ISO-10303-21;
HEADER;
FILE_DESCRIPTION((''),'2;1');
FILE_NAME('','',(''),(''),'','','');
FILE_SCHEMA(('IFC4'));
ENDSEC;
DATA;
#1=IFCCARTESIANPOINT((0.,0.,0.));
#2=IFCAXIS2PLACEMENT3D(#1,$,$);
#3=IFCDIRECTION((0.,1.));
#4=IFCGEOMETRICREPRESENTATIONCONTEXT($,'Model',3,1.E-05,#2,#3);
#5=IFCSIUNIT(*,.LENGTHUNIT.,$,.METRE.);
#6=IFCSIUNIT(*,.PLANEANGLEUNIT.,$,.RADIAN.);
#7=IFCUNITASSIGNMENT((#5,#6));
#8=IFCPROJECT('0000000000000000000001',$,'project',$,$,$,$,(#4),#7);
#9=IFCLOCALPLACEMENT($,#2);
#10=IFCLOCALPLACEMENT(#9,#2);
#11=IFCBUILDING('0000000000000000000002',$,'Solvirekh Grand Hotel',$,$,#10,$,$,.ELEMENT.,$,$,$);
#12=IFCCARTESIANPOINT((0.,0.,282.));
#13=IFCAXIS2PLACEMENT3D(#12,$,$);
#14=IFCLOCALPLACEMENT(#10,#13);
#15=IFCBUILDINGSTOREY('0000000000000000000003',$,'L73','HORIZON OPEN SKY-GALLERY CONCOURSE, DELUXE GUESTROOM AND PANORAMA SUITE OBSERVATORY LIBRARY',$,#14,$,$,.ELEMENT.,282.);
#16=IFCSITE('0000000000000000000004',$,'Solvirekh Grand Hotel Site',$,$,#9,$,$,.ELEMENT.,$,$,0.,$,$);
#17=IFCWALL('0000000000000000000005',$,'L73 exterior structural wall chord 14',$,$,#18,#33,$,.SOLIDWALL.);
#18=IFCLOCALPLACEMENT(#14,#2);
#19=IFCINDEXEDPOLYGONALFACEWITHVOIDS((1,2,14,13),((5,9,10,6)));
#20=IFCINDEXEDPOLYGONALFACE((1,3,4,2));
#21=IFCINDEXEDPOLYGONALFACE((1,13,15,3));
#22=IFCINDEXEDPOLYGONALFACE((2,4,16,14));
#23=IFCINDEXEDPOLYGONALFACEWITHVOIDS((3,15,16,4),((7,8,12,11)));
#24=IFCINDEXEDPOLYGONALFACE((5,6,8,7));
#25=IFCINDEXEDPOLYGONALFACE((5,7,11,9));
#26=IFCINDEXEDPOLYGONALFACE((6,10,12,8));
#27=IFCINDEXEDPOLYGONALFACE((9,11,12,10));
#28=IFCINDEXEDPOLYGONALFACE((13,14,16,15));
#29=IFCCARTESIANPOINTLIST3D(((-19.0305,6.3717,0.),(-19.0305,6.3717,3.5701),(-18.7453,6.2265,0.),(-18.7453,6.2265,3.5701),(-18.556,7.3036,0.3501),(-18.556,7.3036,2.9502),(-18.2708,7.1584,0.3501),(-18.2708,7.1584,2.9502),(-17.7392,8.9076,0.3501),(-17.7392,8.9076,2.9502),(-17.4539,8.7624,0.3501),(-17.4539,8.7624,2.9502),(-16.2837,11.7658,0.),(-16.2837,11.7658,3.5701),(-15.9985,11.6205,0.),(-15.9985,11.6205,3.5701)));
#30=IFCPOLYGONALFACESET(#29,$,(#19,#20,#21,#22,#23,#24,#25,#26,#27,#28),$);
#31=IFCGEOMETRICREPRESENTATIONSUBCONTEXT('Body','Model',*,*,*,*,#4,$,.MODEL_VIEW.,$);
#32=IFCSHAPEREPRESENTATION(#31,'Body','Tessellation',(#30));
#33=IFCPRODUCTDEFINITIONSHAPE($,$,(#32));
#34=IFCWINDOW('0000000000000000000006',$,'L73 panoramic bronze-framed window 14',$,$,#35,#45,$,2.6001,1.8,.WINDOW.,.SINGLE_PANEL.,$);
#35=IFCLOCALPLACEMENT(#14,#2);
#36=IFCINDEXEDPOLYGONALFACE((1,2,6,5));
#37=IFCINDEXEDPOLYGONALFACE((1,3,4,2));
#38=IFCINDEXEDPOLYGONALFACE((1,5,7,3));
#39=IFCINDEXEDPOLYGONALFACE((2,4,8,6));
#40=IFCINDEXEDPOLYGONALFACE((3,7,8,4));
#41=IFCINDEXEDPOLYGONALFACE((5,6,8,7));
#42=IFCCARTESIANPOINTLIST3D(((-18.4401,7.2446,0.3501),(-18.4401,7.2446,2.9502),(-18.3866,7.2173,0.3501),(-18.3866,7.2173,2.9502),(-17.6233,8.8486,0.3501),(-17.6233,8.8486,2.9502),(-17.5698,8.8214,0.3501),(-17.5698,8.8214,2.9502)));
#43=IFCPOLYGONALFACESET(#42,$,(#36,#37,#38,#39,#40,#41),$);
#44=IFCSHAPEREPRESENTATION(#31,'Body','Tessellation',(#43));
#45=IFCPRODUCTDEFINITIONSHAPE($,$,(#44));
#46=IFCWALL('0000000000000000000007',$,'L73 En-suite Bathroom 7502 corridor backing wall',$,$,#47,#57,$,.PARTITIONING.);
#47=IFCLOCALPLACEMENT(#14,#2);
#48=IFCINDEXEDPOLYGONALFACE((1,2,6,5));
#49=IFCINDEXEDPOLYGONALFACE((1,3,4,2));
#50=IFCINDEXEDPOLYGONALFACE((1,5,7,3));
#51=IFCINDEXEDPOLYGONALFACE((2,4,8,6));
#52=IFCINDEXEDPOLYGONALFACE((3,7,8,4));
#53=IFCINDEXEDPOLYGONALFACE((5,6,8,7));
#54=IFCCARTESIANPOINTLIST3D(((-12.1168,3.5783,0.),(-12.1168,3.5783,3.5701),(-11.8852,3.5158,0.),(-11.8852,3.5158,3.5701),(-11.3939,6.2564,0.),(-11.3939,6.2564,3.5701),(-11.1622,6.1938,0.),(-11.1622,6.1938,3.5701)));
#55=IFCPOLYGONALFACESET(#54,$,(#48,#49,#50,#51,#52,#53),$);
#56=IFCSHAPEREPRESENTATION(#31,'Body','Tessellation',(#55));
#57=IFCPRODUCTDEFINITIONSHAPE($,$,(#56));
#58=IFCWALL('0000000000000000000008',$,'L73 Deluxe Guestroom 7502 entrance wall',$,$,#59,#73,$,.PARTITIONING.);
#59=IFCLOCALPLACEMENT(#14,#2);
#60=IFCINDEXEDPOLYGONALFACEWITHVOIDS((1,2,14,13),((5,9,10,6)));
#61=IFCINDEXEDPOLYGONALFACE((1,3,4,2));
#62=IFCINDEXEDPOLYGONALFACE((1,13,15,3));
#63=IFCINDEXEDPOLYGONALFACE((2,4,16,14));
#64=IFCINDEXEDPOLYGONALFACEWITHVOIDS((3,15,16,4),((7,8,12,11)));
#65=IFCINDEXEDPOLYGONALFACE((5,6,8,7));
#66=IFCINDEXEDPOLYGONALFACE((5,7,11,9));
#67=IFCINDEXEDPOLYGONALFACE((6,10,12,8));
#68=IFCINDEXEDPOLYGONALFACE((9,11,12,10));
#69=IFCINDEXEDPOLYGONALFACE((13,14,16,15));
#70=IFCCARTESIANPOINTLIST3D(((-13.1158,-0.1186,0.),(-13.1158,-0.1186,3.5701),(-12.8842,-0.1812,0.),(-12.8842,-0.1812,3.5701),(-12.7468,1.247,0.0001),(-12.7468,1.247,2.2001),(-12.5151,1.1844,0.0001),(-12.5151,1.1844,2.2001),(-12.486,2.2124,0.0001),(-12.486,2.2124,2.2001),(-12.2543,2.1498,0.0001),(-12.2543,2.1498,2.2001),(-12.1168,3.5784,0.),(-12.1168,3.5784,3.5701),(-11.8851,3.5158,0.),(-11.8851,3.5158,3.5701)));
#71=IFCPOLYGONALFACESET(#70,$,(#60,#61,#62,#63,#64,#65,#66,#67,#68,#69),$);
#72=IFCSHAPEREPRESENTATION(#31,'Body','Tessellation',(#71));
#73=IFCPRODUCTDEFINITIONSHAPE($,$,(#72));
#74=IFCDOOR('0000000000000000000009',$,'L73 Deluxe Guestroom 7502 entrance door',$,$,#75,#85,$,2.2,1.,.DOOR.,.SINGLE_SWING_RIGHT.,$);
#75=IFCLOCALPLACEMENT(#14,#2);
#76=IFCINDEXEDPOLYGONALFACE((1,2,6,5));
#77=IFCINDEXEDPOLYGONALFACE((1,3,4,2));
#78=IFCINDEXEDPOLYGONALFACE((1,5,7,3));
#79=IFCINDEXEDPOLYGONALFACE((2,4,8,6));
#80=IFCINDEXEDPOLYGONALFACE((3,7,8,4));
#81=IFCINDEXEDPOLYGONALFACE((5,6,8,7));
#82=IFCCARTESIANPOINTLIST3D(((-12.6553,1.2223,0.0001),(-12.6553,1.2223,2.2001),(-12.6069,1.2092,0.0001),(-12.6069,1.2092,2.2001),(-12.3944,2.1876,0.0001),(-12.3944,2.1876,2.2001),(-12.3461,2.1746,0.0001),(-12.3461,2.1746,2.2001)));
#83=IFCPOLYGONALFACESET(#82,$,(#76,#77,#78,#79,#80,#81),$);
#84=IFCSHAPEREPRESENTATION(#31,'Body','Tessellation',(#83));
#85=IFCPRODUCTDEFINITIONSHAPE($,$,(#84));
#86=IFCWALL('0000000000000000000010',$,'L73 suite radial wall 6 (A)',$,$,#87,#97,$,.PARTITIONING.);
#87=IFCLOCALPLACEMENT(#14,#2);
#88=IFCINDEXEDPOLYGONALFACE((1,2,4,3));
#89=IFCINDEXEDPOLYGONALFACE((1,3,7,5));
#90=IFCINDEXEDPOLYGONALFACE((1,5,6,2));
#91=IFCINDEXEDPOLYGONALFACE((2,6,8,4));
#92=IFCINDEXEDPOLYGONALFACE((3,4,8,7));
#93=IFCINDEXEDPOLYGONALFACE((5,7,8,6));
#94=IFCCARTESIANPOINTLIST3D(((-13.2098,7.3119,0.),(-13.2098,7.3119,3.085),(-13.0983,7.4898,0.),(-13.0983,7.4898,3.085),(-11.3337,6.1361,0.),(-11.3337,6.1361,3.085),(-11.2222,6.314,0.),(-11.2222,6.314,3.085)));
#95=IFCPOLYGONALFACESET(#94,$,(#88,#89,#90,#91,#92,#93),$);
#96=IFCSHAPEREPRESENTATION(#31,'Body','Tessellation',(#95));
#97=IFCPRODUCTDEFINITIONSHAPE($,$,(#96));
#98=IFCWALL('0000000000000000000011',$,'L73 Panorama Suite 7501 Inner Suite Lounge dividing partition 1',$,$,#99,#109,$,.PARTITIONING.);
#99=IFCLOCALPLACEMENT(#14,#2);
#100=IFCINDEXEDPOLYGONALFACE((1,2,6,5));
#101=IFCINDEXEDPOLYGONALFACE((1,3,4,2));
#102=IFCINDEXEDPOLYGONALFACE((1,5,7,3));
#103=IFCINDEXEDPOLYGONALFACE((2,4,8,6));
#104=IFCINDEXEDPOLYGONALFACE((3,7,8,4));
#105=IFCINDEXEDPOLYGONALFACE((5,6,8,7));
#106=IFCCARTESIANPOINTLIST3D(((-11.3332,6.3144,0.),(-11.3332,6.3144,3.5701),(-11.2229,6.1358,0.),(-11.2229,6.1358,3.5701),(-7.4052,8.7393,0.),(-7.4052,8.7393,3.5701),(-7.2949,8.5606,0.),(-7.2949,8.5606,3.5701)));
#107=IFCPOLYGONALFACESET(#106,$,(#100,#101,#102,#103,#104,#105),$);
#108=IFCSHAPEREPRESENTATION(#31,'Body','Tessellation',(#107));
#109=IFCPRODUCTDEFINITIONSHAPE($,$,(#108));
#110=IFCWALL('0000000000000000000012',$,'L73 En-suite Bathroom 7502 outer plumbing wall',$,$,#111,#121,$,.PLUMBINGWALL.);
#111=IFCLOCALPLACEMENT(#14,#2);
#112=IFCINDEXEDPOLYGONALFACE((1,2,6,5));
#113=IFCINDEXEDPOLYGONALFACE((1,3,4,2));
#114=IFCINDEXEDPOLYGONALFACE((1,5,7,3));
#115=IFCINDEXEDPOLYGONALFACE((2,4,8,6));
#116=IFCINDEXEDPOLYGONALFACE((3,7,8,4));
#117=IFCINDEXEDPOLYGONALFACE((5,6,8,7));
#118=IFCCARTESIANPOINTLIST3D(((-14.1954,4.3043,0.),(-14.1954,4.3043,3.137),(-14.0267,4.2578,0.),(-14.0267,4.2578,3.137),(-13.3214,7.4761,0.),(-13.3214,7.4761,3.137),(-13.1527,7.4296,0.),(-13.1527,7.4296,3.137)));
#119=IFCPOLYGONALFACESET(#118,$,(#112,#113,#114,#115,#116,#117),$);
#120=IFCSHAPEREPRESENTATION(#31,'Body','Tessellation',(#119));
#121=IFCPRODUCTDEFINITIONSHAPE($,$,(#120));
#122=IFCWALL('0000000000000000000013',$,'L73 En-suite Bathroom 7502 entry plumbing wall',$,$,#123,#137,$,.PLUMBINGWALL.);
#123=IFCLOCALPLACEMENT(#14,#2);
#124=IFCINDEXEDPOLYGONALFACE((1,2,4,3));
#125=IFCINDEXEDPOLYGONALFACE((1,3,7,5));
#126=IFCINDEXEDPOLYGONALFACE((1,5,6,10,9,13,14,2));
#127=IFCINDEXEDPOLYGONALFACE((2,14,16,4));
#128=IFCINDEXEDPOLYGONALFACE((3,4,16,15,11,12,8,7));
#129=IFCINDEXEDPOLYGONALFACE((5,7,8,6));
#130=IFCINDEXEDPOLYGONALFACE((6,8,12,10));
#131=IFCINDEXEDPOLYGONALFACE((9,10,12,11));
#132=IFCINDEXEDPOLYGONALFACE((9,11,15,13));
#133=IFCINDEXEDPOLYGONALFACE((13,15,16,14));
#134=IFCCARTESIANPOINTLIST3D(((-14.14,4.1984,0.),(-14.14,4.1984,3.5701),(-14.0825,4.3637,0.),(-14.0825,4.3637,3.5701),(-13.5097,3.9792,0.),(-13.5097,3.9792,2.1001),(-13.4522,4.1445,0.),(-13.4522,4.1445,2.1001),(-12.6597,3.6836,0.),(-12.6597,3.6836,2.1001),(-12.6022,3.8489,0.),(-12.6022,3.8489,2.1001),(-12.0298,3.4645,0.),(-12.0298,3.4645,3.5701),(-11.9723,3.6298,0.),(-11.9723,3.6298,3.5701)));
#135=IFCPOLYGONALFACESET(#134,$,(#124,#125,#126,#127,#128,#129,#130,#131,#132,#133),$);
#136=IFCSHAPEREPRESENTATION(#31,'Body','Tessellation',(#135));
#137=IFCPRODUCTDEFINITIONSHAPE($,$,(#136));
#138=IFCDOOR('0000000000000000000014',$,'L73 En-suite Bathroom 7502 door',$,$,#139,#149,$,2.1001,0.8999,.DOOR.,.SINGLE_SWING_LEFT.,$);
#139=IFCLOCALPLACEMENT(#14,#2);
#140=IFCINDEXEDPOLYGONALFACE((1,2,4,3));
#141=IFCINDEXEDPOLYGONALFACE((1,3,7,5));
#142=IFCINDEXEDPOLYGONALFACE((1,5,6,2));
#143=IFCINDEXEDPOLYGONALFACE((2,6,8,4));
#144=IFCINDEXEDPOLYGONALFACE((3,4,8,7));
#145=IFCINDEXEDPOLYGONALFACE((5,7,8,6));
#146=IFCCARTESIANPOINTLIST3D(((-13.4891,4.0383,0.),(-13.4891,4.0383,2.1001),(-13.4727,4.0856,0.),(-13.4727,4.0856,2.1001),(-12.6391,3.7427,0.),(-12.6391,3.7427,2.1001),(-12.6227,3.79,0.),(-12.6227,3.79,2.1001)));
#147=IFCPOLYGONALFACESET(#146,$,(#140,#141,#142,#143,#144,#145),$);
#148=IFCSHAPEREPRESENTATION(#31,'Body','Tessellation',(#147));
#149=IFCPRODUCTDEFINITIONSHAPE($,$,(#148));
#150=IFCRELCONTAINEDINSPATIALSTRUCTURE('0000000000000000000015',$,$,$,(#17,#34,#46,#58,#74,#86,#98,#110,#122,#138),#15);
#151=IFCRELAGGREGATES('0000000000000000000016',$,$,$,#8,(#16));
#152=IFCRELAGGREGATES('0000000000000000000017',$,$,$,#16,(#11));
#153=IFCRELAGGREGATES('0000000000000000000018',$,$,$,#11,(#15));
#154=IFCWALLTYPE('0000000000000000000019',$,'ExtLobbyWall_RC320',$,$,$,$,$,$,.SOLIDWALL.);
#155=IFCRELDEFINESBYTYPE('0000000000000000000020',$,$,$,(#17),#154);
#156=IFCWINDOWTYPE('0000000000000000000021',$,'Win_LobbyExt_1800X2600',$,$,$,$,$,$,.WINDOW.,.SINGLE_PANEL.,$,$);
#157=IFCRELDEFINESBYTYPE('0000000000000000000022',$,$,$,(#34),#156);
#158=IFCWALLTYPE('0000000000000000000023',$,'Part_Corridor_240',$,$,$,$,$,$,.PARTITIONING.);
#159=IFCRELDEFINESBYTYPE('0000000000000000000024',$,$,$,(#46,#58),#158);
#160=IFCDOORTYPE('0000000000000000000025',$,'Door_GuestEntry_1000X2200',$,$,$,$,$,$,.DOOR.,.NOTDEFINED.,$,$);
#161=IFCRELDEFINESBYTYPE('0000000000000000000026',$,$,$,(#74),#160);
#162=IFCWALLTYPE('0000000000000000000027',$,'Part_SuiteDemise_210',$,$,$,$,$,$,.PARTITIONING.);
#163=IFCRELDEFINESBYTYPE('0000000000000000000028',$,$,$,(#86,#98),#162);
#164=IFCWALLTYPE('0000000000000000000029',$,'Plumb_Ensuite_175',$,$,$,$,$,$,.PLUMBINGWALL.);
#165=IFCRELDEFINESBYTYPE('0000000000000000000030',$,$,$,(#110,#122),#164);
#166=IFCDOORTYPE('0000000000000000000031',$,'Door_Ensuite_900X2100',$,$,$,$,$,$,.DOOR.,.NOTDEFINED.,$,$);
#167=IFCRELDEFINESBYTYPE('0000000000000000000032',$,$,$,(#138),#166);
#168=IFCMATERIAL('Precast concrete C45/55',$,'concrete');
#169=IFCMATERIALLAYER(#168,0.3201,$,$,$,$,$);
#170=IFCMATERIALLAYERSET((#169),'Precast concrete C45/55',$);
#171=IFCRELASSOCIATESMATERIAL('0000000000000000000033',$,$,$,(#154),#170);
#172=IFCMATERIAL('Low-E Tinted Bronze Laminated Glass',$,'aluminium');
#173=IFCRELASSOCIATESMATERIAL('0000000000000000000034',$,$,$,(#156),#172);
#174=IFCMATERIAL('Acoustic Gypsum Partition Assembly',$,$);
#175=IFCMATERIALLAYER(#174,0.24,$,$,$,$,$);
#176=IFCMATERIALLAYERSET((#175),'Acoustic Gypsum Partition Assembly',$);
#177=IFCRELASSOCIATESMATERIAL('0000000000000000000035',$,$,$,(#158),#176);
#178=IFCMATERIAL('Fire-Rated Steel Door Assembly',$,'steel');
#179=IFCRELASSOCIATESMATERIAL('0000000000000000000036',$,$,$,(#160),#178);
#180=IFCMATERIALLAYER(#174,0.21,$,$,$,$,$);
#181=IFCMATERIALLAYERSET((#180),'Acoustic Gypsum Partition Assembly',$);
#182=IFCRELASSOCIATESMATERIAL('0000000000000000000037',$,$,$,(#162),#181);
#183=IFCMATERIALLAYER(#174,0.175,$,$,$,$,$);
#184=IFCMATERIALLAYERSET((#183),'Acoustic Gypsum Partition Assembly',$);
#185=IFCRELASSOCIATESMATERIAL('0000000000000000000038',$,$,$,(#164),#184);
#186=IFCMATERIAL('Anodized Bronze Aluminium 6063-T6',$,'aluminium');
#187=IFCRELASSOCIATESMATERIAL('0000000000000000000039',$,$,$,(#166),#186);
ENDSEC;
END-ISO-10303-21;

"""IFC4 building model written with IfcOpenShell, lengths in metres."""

from ifc_helpers import new_model, si_unit, direction, frame, frame_2d, origin, place, context, subcontext, project, spatial, rectangle, extrude, material, layer, layer_set, type_object, element, fill, save


model = new_model("IFC4")

# Units and contexts
model_context = context("Model", 3, precision=1e-05, world=origin(), true_north=direction((0.0, 1.0)))
body_context = subcontext(model_context, "Body", "Model", "MODEL_VIEW")
ifc_project = project(units=[si_unit("LENGTHUNIT", "METRE"), si_unit("PLANEANGLEUNIT", "RADIAN")], contexts=[model_context])

# Site, building, storey
site_placement = place(None, origin())
site = spatial("IfcSite", under=ifc_project, at=site_placement, Name="Solvirekh Grand Hotel Site", CompositionType="ELEMENT", RefElevation=0.0)
building_placement = place(site_placement, origin())
building = spatial("IfcBuilding", under=site, at=building_placement, Name="Solvirekh Grand Hotel", CompositionType="ELEMENT")
storey_placement = place(building_placement, frame((0.0, 0.0, 282.0)))
storey = spatial("IfcBuildingStorey", under=building, at=storey_placement, Name="L73", Description="HORIZON OPEN SKY-GALLERY CONCOURSE, DELUXE GUESTROOM AND PANORAMA SUITE OBSERVATORY LIBRARY", CompositionType="ELEMENT", Elevation=282.0)

# Shared definitions
ifc_material_1 = material(Name="Anodized Bronze Aluminium 6063-T6", Category="aluminium")
ifc_material_2 = material(Name="Low-E Tinted Bronze Laminated Glass", Category="aluminium")

# Wall, opening, window
ifc_material_3 = material(Name="Precast concrete C45/55", Category="concrete")
ifc_layer_1 = layer(ifc_material_3, 0.3201)
ifc_layer_set_1 = layer_set([ifc_layer_1], Name="Precast concrete C45/55")
wall_type_1 = type_object("IfcWallType", Name="ExtLobbyWall_RC320", PredefinedType="SOLIDWALL", material=ifc_layer_set_1)
wall_1_placement = place(storey_placement, frame((-18.8879, 6.2991, 0.0), z_axis=(0.0, 0.0, 1.0), x_axis=(0.453784, 0.891112, 0.0)))
wall_1 = element("IfcWall", 1, at=wall_1_placement, inside=storey, type_object=wall_type_1, Name="L73 exterior structural wall chord 14", PredefinedType="SOLIDWALL", context=body_context, shape_type="SweptSolid", body=[
    extrude(rectangle(XDim=6.0532, YDim=0.3201, at=frame_2d((3.0266, 0.0))), origin(), (0.0, 0.0, 1.0), 3.5701),
])
opening_1_placement = place(wall_1_placement, frame((1.0459, 0.0, 0.3501)))
opening_1 = element("IfcOpeningElement", 2, at=opening_1_placement, cuts=wall_1, PredefinedType="OPENING", context=body_context, shape_type="SweptSolid", body=[
    extrude(rectangle(XDim=1.8, YDim=2.6001, at=frame_2d((0.8999, 1.3))), frame((0.0, 0.1699, 0.0), z_axis=(0.0, -1.0, 0.0), x_axis=(1.0, 0.0, 0.0)), (0.0, 0.0, 1.0), 0.3401),
])
window_type = type_object("IfcWindowType", Name="Win_LobbyExt_1800X2600", PartitioningType="SINGLE_PANEL", PredefinedType="WINDOW", material=ifc_material_2)
window_placement = place(opening_1_placement, origin())
window = element("IfcWindow", 3, at=window_placement, inside=storey, type_object=window_type, Name="L73 panoramic bronze-framed window 14", OverallHeight=2.6001, OverallWidth=1.8, PartitioningType="SINGLE_PANEL", PredefinedType="WINDOW", context=body_context, shape_type="SweptSolid", body=[
    extrude(rectangle(XDim=1.8, YDim=2.6001, at=frame_2d((0.8999, 1.3))), frame((0.0, 0.03, 0.0), z_axis=(0.0, -1.0, 0.0), x_axis=(1.0, 0.0, 0.0)), (0.0, 0.0, 1.0), 0.0601),
])
fill(opening_1, window)

# Wall
ifc_material_4 = material(Name="Acoustic Gypsum Partition Assembly")
ifc_layer_2 = layer(ifc_material_4, 0.24)
ifc_layer_set_2 = layer_set([ifc_layer_2], Name="Acoustic Gypsum Partition Assembly")
wall_type_2 = type_object("IfcWallType", Name="Part_Corridor_240", PredefinedType="PARTITIONING", material=ifc_layer_set_2)
wall_2_placement = place(storey_placement, frame((-11.2781, 6.2251, 0.0), z_axis=(0.0, 0.0, 1.0), x_axis=(-0.260614, -0.965443, 0.0)))
element("IfcWall", 4, at=wall_2_placement, inside=storey, type_object=wall_type_2, Name="L73 En-suite Bathroom 7502 corridor backing wall", PredefinedType="PARTITIONING", context=body_context, shape_type="SweptSolid", body=[
    extrude(rectangle(XDim=2.7739, YDim=0.24, at=frame_2d((1.387, 0.0))), origin(), (0.0, 0.0, 1.0), 3.5701),
])

# Wall, opening, door
wall_3_placement = place(storey_placement, frame((-12.001, 3.5471, 0.0), z_axis=(0.0, 0.0, 1.0), x_axis=(-0.260867, -0.965375, 0.0)))
wall_3 = element("IfcWall", 5, at=wall_3_placement, inside=storey, type_object=wall_type_2, Name="L73 Deluxe Guestroom 7502 entrance wall", PredefinedType="PARTITIONING", context=body_context, shape_type="SweptSolid", body=[
    extrude(rectangle(XDim=3.8296, YDim=0.24, at=frame_2d((1.9148, 0.0))), origin(), (0.0, 0.0, 1.0), 3.5701),
])
opening_2_placement = place(wall_3_placement, frame((1.415, 0.0, 0.0)))
opening_2 = element("IfcOpeningElement", 6, at=opening_2_placement, cuts=wall_3, PredefinedType="OPENING", context=body_context, shape_type="SweptSolid", body=[
    extrude(rectangle(XDim=1.0, YDim=2.2, at=frame_2d((0.5, 1.1001))), frame((0.0, 0.1299, 0.0), z_axis=(0.0, -1.0, 0.0), x_axis=(1.0, 0.0, 0.0)), (0.0, 0.0, 1.0), 0.26),
])
ifc_material_5 = material(Name="Fire-Rated Steel Door Assembly", Category="steel")
door_type_1 = type_object("IfcDoorType", Name="Door_GuestEntry_1000X2200", OperationType="NOTDEFINED", PredefinedType="DOOR", material=ifc_material_5)
door_1_placement = place(opening_2_placement, origin())
door_1 = element("IfcDoor", 7, at=door_1_placement, inside=storey, type_object=door_type_1, Name="L73 Deluxe Guestroom 7502 entrance door", OperationType="SINGLE_SWING_RIGHT", OverallHeight=2.2, OverallWidth=1.0, PredefinedType="DOOR", context=body_context, shape_type="SweptSolid", body=[
    extrude(rectangle(XDim=1.0, YDim=2.2, at=frame_2d((0.5, 1.1001))), frame((0.0, 0.0249, 0.0), z_axis=(0.0, -1.0, 0.0), x_axis=(1.0, 0.0, 0.0)), (0.0, 0.0, 1.0), 0.05),
])
fill(opening_2, door_1)

# Walls
ifc_layer_3 = layer(ifc_material_4, 0.21)
ifc_layer_set_3 = layer_set([ifc_layer_3], Name="Acoustic Gypsum Partition Assembly")
wall_type_3 = type_object("IfcWallType", Name="Part_SuiteDemise_210", PredefinedType="PARTITIONING", material=ifc_layer_set_3)
wall_4_placement = place(storey_placement, frame((-11.2781, 6.2251, 0.0), z_axis=(0.0, 0.0, 1.0), x_axis=(-0.847329, 0.531069, 0.0)))
element("IfcWall", 8, at=wall_4_placement, inside=storey, type_object=wall_type_3, Name="L73 suite radial wall 6 (A)", PredefinedType="PARTITIONING", context=body_context, shape_type="SweptSolid", body=[
    extrude(rectangle(XDim=2.2141, YDim=0.21, at=frame_2d((1.1069, 0.0))), origin(), (0.0, 0.0, 1.0), 3.085),
])
wall_5_placement = place(storey_placement, frame((-11.2781, 6.2251, 0.0), z_axis=(0.0, 0.0, 1.0), x_axis=(0.850924, 0.525289, 0.0)))
element("IfcWall", 9, at=wall_5_placement, inside=storey, type_object=wall_type_3, Name="L73 Panorama Suite 7501 Inner Suite Lounge dividing partition 1", PredefinedType="PARTITIONING", context=body_context, shape_type="SweptSolid", body=[
    extrude(rectangle(XDim=4.6162, YDim=0.21, at=frame_2d((2.3081, 0.0))), origin(), (0.0, 0.0, 1.0), 3.5701),
])
ifc_layer_4 = layer(ifc_material_4, 0.175)
ifc_layer_set_4 = layer_set([ifc_layer_4], Name="Acoustic Gypsum Partition Assembly")
wall_type_4 = type_object("IfcWallType", Name="Plumb_Ensuite_175", PredefinedType="PLUMBINGWALL", material=ifc_layer_set_4)
wall_6_placement = place(storey_placement, frame((-13.2371, 7.4529, 0.0), z_axis=(0.0, 0.0, 1.0), x_axis=(-0.265653, -0.964069, 0.0)))
element("IfcWall", 10, at=wall_6_placement, inside=storey, type_object=wall_type_4, Name="L73 En-suite Bathroom 7502 outer plumbing wall", PredefinedType="PLUMBINGWALL", context=body_context, shape_type="SweptSolid", body=[
    extrude(rectangle(XDim=3.29, YDim=0.175, at=frame_2d((1.645, 0.0))), origin(), (0.0, 0.0, 1.0), 3.137),
])

# Wall, opening, door
wall_7_placement = place(storey_placement, frame((-12.001, 3.5471, 0.0), z_axis=(0.0, 0.0, 1.0), x_axis=(-0.944506, 0.328495, 0.0)))
wall_7 = element("IfcWall", 11, at=wall_7_placement, inside=storey, type_object=wall_type_4, Name="L73 En-suite Bathroom 7502 entry plumbing wall", PredefinedType="PLUMBINGWALL", context=body_context, shape_type="SweptSolid", body=[
    extrude(rectangle(XDim=2.2341, YDim=0.175, at=frame_2d((1.1172, 0.0))), origin(), (0.0, 0.0, 1.0), 3.5701),
])
opening_3_placement = place(wall_7_placement, frame((0.667, 0.0, 0.0)))
opening_3 = element("IfcOpeningElement", 12, at=opening_3_placement, cuts=wall_7, PredefinedType="OPENING", context=body_context, shape_type="SweptSolid", body=[
    extrude(rectangle(XDim=0.8999, YDim=2.1001, at=frame_2d((0.45, 1.05))), frame((0.0, 0.0977, 0.0), z_axis=(0.0, -1.0, 0.0), x_axis=(1.0, 0.0, 0.0)), (0.0, 0.0, 1.0), 0.1951),
])
door_type_2 = type_object("IfcDoorType", Name="Door_Ensuite_900X2100", OperationType="NOTDEFINED", PredefinedType="DOOR", material=ifc_material_1)
door_2_placement = place(opening_3_placement, origin())
door_2 = element("IfcDoor", 13, at=door_2_placement, inside=storey, type_object=door_type_2, Name="L73 En-suite Bathroom 7502 door", OperationType="SINGLE_SWING_LEFT", OverallHeight=2.1001, OverallWidth=0.8999, PredefinedType="DOOR", context=body_context, shape_type="SweptSolid", body=[
    extrude(rectangle(XDim=0.8999, YDim=2.1001, at=frame_2d((0.45, 1.05))), frame((0.0, 0.0249, 0.0), z_axis=(0.0, -1.0, 0.0), x_axis=(1.0, 0.0, 0.0)), (0.0, 0.0, 1.0), 0.05),
])
fill(opening_3, door_2)

save(model, "model.ifc")
